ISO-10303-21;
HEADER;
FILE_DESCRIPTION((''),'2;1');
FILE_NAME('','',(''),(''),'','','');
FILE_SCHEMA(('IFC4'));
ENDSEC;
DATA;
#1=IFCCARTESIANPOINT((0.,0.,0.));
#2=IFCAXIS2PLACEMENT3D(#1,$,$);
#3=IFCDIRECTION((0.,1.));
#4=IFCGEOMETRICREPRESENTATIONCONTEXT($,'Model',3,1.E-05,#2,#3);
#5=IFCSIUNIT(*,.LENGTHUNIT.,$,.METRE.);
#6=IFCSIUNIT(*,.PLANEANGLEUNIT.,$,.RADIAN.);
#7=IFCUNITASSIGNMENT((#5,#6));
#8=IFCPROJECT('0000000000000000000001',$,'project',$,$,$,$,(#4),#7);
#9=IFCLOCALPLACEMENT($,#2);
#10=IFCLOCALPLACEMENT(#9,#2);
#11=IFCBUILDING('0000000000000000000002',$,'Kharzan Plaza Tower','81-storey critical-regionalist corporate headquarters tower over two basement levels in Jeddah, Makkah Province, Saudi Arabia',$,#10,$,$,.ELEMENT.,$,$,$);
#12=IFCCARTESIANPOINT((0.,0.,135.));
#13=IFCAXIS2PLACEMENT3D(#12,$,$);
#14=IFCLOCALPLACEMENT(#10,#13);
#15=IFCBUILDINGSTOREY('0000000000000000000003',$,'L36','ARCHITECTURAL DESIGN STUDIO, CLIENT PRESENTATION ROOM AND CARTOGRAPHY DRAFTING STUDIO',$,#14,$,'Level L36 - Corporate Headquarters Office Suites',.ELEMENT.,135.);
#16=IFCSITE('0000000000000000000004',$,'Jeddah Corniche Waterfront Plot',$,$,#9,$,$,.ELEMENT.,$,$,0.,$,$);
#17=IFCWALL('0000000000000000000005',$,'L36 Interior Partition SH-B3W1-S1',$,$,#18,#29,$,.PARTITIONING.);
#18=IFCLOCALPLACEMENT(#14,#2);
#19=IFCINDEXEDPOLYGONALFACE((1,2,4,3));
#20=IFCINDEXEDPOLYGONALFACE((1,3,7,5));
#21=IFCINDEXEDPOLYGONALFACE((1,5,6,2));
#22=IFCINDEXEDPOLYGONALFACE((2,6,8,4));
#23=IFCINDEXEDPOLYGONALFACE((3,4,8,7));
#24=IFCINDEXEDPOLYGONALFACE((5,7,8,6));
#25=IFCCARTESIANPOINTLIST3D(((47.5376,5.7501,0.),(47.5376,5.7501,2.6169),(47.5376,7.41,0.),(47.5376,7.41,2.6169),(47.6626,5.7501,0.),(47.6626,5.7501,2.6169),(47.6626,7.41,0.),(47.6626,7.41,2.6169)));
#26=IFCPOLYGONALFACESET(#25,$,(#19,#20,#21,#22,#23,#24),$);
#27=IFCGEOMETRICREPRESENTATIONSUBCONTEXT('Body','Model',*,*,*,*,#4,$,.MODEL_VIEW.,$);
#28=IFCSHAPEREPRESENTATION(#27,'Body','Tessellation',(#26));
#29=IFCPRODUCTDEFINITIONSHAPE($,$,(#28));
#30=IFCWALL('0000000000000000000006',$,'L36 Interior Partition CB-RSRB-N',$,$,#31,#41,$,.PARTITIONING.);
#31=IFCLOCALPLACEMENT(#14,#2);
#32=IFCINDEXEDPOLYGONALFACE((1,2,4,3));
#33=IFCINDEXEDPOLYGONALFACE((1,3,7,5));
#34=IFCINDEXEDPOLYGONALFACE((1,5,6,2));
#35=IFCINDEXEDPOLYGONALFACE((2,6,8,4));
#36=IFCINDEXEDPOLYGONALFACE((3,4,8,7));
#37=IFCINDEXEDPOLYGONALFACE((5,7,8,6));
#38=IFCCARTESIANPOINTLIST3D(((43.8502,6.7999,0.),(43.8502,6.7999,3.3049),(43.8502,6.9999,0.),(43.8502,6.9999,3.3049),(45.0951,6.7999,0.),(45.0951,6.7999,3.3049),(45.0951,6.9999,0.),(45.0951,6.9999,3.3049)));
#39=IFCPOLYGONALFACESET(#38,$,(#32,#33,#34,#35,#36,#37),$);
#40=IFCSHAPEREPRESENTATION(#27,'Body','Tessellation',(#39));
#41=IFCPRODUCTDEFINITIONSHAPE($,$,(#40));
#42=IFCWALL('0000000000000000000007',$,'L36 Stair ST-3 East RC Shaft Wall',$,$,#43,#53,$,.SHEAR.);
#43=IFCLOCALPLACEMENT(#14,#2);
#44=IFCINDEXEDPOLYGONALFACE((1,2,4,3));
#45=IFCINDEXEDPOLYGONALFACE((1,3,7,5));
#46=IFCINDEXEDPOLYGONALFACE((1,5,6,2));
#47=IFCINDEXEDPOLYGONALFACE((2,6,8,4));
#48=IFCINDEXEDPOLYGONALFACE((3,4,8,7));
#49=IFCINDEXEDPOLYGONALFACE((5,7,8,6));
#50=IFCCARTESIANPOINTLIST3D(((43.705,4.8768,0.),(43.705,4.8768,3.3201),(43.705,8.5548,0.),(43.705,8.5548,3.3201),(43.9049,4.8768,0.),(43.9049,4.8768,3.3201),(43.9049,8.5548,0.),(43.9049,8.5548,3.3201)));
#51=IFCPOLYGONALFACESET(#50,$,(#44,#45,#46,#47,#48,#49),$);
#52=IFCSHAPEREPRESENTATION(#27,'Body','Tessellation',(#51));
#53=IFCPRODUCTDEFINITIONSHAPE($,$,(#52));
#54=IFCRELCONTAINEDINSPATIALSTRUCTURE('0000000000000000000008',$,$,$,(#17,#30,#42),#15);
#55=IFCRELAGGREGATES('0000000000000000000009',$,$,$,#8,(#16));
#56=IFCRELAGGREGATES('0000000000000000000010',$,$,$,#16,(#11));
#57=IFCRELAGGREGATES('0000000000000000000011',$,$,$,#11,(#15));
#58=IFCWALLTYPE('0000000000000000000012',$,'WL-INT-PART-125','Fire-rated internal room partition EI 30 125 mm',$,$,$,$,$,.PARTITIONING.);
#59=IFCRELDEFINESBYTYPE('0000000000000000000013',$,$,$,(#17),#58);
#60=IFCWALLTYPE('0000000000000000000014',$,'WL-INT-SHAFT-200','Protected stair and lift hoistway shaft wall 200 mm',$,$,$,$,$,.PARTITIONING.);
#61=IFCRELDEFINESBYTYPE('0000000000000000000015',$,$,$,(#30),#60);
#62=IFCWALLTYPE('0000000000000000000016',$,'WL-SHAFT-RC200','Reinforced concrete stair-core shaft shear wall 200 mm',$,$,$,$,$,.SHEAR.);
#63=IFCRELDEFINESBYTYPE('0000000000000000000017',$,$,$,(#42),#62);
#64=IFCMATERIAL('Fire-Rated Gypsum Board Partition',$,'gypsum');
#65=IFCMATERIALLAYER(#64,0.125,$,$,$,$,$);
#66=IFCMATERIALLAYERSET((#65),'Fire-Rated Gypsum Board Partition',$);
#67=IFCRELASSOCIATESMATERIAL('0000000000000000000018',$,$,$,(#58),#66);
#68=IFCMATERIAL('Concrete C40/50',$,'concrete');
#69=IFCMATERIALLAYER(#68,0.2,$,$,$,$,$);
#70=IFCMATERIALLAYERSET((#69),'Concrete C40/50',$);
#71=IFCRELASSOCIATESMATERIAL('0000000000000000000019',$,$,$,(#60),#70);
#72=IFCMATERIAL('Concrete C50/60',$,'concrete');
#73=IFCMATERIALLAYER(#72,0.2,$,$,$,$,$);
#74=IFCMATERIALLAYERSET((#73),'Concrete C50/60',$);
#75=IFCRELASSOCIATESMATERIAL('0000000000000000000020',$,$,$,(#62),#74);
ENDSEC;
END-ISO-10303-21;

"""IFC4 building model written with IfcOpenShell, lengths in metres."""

from ifc_helpers import new_model, si_unit, direction, frame, frame_2d, origin, place, context, subcontext, project, spatial, rectangle, extrude, source, transform, mapped, material, layer, layer_set, type_object, element, save


model = new_model("IFC4")

# Units and contexts
model_context = context("Model", 3, precision=1e-05, world=origin(), true_north=direction((0.0, 1.0)))
body_context = subcontext(model_context, "Body", "Model", "MODEL_VIEW")
ifc_project = project(units=[si_unit("LENGTHUNIT", "METRE"), si_unit("PLANEANGLEUNIT", "RADIAN")], contexts=[model_context])

# Site, building, storey
site_placement = place(None, origin())
site = spatial("IfcSite", under=ifc_project, at=site_placement, Name="Jeddah Corniche Waterfront Plot", CompositionType="ELEMENT", RefElevation=0.0)
building_placement = place(site_placement, origin())
building = spatial("IfcBuilding", under=site, at=building_placement, Name="Kharzan Plaza Tower", Description="81-storey critical-regionalist corporate headquarters tower over two basement levels in Jeddah, Makkah Province, Saudi Arabia", CompositionType="ELEMENT")
storey_placement = place(building_placement, frame((0.0, 0.0, 135.0)))
storey = spatial("IfcBuildingStorey", under=building, at=storey_placement, Name="L36", Description="ARCHITECTURAL DESIGN STUDIO, CLIENT PRESENTATION ROOM AND CARTOGRAPHY DRAFTING STUDIO", LongName="Level L36 - Corporate Headquarters Office Suites", CompositionType="ELEMENT", Elevation=135.0)

# Shared definitions
ifc_material_1 = material(Name="Concrete C50/60", Category="concrete")

# Shared definitions
ifc_material_2 = material(Name="Fire-Rated Gypsum Board Partition", Category="gypsum")
ifc_layer_1 = layer(ifc_material_2, 0.125)
ifc_layer_set_1 = layer_set([ifc_layer_1], Name="Fire-Rated Gypsum Board Partition")
wall_type_1 = type_object("IfcWallType", Name="WL-INT-PART-125", Description="Fire-rated internal room partition EI 30 125 mm", PredefinedType="PARTITIONING", material=ifc_layer_set_1)

# Walls
ifc_material_3 = material(Name="Concrete C40/50", Category="concrete")
shared_shape_1 = source(origin(), body_context, "Body", "SweptSolid", [
    extrude(rectangle(XDim=1.6599, YDim=0.125, at=frame_2d((0.8301, 0.0))), origin(), (0.0, 0.0, 1.0), 2.6169),
])
wall_1_placement = place(storey_placement, frame((47.6001, 5.75, 0.0), z_axis=(0.0, 0.0, 1.0), x_axis=(0.0, 1.0, 0.0)))
element("IfcWall", 1, at=wall_1_placement, inside=storey, type_object=wall_type_1, Name="L36 Interior Partition SH-B3W1-S1", PredefinedType="PARTITIONING", context=body_context, shape_type="MappedRepresentation", body=[
    mapped(shared_shape_1, transform((0.0, 0.0, 0.0), x_axis=(1.0, 0.0, 0.0), y_axis=(0.0, 1.0, 0.0), z_axis=(0.0, 0.0, 1.0))),
])
ifc_layer_2 = layer(ifc_material_3, 0.2)
ifc_layer_set_2 = layer_set([ifc_layer_2], Name="Concrete C40/50")
wall_type_2 = type_object("IfcWallType", Name="WL-INT-SHAFT-200", Description="Protected stair and lift hoistway shaft wall 200 mm", PredefinedType="PARTITIONING", material=ifc_layer_set_2)
shared_shape_2 = source(origin(), body_context, "Body", "SweptSolid", [
    extrude(rectangle(XDim=1.2449, YDim=0.2, at=frame_2d((0.6226, 0.0))), origin(), (0.0, 0.0, 1.0), 3.3049),
])
wall_2_placement = place(storey_placement, frame((43.8501, 6.8999, 0.0), z_axis=(0.0, 0.0, 1.0), x_axis=(1.0, 0.0, 0.0)))
element("IfcWall", 2, at=wall_2_placement, inside=storey, type_object=wall_type_2, Name="L36 Interior Partition CB-RSRB-N", PredefinedType="PARTITIONING", context=body_context, shape_type="MappedRepresentation", body=[
    mapped(shared_shape_2, transform((0.0, 0.0, 0.0), x_axis=(1.0, 0.0, 0.0), y_axis=(0.0, 1.0, 0.0), z_axis=(0.0, 0.0, 1.0))),
])
ifc_layer_3 = layer(ifc_material_1, 0.2)
ifc_layer_set_3 = layer_set([ifc_layer_3], Name="Concrete C50/60")
wall_type_3 = type_object("IfcWallType", Name="WL-SHAFT-RC200", Description="Reinforced concrete stair-core shaft shear wall 200 mm", PredefinedType="SHEAR", material=ifc_layer_set_3)
shared_shape_3 = source(origin(), body_context, "Body", "SweptSolid", [
    extrude(rectangle(XDim=3.678, YDim=0.2, at=frame_2d((1.8389, 0.0))), origin(), (0.0, 0.0, 1.0), 3.3201),
])
wall_3_placement = place(storey_placement, frame((43.8049, 4.877, 0.0), z_axis=(0.0, 0.0, 1.0), x_axis=(0.0, 1.0, 0.0)))
element("IfcWall", 3, at=wall_3_placement, inside=storey, type_object=wall_type_3, Name="L36 Stair ST-3 East RC Shaft Wall", PredefinedType="SHEAR", context=body_context, shape_type="MappedRepresentation", body=[
    mapped(shared_shape_3, transform((0.0, 0.0, 0.0), x_axis=(1.0, 0.0, 0.0), y_axis=(0.0, 1.0, 0.0), z_axis=(0.0, 0.0, 1.0))),
])

save(model, "model.ifc")
